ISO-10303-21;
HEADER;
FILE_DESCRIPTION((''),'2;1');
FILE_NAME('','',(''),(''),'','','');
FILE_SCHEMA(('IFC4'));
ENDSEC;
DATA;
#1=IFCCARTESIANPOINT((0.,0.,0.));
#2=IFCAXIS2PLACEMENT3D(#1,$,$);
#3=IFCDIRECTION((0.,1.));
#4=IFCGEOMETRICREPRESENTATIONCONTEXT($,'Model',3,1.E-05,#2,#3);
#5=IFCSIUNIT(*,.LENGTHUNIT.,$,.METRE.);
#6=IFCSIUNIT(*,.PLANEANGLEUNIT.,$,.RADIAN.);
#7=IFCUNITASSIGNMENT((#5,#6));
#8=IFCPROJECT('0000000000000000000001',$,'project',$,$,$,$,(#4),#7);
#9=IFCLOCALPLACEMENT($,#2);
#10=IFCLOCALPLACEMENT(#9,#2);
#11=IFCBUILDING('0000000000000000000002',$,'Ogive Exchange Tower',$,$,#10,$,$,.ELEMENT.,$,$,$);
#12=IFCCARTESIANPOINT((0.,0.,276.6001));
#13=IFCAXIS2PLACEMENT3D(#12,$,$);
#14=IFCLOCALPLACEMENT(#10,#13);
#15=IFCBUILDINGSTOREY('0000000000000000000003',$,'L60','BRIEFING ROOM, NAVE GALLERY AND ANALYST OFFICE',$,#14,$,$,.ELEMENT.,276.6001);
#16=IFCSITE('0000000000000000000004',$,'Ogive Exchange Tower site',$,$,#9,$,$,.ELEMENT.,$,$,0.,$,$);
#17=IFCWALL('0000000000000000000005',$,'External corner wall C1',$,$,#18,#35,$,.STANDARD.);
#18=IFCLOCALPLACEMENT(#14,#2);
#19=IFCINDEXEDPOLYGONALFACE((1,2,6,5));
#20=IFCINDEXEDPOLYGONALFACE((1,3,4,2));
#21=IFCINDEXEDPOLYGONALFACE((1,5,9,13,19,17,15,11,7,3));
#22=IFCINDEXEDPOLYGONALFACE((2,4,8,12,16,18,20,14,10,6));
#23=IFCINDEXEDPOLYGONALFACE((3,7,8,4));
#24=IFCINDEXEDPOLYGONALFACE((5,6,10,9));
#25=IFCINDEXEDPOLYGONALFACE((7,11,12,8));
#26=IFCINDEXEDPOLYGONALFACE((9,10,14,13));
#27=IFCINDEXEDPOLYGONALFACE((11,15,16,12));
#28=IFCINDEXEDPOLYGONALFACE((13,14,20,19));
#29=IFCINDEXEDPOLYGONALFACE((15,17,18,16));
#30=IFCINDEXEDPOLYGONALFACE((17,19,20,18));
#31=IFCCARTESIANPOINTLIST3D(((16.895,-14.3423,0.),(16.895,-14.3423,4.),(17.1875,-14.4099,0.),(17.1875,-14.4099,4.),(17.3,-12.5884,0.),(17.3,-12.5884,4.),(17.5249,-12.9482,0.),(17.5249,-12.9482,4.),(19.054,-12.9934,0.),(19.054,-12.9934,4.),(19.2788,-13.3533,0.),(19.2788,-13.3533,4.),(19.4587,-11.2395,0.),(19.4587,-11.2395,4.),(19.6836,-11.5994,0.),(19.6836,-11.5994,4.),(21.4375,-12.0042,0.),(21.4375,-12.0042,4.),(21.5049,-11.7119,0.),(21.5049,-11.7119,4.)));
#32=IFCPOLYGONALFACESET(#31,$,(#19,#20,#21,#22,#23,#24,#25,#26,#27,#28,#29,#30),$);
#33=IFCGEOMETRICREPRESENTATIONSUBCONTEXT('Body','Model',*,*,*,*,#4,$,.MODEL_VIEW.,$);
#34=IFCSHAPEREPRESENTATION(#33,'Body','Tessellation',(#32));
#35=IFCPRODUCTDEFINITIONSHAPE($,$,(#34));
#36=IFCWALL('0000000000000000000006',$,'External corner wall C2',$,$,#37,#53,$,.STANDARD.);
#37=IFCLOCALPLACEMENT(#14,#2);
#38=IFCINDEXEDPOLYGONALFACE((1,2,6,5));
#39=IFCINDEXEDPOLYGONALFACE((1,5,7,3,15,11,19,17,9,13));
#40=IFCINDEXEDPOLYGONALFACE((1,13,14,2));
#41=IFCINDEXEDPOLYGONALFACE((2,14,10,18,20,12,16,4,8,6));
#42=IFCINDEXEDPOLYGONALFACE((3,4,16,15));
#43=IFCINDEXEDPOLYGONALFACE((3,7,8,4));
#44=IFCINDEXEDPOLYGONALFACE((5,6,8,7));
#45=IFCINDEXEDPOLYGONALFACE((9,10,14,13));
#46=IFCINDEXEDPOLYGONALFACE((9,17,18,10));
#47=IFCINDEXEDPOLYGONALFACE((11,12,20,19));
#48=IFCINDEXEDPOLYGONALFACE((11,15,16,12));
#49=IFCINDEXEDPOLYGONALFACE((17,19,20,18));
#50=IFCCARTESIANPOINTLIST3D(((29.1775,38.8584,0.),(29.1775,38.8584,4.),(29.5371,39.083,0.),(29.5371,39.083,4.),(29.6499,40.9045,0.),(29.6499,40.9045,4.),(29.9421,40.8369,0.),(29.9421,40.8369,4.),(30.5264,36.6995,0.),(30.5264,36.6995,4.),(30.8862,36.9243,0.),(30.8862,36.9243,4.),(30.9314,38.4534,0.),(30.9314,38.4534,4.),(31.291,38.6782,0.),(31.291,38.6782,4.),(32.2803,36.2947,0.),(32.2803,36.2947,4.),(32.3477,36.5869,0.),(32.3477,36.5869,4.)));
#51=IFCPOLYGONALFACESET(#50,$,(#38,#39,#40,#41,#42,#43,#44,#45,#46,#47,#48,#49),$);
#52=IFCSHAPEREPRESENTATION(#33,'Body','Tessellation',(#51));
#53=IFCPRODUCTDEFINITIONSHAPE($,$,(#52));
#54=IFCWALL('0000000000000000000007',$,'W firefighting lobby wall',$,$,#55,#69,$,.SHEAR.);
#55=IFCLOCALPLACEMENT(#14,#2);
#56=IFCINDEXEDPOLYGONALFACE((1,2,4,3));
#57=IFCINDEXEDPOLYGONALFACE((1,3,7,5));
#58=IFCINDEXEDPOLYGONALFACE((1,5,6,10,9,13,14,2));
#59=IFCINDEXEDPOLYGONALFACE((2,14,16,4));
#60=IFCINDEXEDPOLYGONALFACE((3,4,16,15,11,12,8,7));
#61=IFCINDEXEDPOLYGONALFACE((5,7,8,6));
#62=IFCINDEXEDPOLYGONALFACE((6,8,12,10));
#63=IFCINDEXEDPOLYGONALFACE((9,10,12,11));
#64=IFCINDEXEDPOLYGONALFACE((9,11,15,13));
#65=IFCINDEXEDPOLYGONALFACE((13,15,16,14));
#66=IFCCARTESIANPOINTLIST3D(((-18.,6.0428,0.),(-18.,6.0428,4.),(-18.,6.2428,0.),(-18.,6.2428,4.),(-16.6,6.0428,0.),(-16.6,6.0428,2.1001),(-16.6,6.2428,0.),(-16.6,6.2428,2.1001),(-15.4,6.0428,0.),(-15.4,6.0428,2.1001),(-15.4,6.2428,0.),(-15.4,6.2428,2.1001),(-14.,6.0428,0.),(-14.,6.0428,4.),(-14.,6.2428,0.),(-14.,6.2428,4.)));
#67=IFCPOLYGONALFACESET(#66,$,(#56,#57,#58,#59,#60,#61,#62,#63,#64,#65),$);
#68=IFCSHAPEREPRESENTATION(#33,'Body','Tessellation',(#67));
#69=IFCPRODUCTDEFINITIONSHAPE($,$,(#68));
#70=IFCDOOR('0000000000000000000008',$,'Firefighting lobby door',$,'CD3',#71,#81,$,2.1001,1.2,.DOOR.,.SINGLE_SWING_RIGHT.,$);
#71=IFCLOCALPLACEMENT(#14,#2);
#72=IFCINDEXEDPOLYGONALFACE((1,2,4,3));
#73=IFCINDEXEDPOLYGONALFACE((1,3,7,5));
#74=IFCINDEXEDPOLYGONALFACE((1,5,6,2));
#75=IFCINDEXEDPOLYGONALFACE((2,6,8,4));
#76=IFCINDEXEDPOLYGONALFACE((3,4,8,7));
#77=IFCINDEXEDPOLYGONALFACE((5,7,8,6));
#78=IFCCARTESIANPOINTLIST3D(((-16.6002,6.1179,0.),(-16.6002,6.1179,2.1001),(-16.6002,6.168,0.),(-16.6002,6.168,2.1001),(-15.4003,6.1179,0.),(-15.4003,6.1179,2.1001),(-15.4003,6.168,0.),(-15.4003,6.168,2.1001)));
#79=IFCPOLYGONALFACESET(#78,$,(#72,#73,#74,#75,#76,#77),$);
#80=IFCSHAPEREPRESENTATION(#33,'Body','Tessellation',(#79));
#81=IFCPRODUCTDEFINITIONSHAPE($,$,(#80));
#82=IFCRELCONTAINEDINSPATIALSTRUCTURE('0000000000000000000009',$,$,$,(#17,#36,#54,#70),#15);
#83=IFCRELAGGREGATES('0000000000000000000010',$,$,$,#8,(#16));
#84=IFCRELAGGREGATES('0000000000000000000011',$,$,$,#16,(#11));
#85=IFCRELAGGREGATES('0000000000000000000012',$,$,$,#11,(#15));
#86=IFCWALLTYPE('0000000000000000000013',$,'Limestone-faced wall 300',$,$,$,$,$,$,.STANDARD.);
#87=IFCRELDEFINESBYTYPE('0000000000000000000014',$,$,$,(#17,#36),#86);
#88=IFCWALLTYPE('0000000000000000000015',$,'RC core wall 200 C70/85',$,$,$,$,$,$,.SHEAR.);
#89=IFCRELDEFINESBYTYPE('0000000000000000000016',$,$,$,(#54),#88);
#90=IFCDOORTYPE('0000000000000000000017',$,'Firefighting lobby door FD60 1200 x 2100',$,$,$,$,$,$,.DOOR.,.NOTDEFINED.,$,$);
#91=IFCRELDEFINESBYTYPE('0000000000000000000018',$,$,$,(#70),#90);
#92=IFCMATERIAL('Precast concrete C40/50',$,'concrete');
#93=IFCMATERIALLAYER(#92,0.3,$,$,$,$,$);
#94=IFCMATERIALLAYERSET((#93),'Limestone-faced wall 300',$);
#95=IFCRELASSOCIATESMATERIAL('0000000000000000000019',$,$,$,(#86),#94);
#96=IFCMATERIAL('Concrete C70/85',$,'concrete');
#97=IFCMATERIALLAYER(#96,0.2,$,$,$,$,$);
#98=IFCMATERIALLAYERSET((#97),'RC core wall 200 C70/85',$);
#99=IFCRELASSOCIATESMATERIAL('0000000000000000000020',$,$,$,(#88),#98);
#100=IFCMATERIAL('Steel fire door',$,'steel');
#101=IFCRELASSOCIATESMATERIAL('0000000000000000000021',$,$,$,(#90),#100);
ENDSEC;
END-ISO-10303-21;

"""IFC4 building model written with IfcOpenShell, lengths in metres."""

from ifc_helpers import new_model, si_unit, direction, frame, frame_2d, origin, place, context, subcontext, project, spatial, polyline, rectangle, outline, extrude, material, layer, layer_set, type_object, element, fill, save


model = new_model("IFC4")

# Units and contexts
model_context = context("Model", 3, precision=1e-05, world=origin(), true_north=direction((0.0, 1.0)))
body_context = subcontext(model_context, "Body", "Model", "MODEL_VIEW")
ifc_project = project(units=[si_unit("LENGTHUNIT", "METRE"), si_unit("PLANEANGLEUNIT", "RADIAN")], contexts=[model_context])

# Site, building, storey
site_placement = place(None, origin())
site = spatial("IfcSite", under=ifc_project, at=site_placement, Name="Ogive Exchange Tower site", CompositionType="ELEMENT", RefElevation=0.0)
building_placement = place(site_placement, origin())
building = spatial("IfcBuilding", under=site, at=building_placement, Name="Ogive Exchange Tower", CompositionType="ELEMENT")
storey_placement = place(building_placement, frame((0.0, 0.0, 276.6001)))
storey = spatial("IfcBuildingStorey", under=building, at=storey_placement, Name="L60", Description="BRIEFING ROOM, NAVE GALLERY AND ANALYST OFFICE", CompositionType="ELEMENT", Elevation=276.6001)

# Walls
ifc_material_1 = material(Name="Precast concrete C40/50", Category="concrete")
ifc_layer_1 = layer(ifc_material_1, 0.3)
ifc_layer_set_1 = layer_set([ifc_layer_1], Name="Limestone-faced wall 300")
wall_type_1 = type_object("IfcWallType", Name="Limestone-faced wall 300", PredefinedType="STANDARD", material=ifc_layer_set_1)
wall_1_placement = place(storey_placement, origin())
element("IfcWall", 1, at=wall_1_placement, inside=storey, type_object=wall_type_1, Name="External corner wall C1", PredefinedType="STANDARD", context=body_context, shape_type="SweptSolid", body=[
    extrude(outline(polyline([(19.054, -12.9934), (19.4587, -11.2395), (21.5049, -11.7119), (21.4375, -12.0042), (19.6836, -11.5994), (19.2788, -13.3533), (17.5249, -12.9482), (17.1875, -14.4099), (16.895, -14.3423), (17.3, -12.5884), (19.054, -12.9934)])), origin(), (0.0, 0.0, 1.0), 4.0),
])
wall_2_placement = place(storey_placement, origin())
element("IfcWall", 2, at=wall_2_placement, inside=storey, type_object=wall_type_1, Name="External corner wall C2", PredefinedType="STANDARD", context=body_context, shape_type="SweptSolid", body=[
    extrude(outline(polyline([(30.9314, 38.4534), (29.1775, 38.8584), (29.6499, 40.9045), (29.9421, 40.8369), (29.5371, 39.083), (31.291, 38.6782), (30.8862, 36.9243), (32.3477, 36.5869), (32.2803, 36.2947), (30.5264, 36.6995), (30.9314, 38.4534)])), origin(), (0.0, 0.0, 1.0), 4.0),
])

# Wall, opening, door
ifc_material_2 = material(Name="Concrete C70/85", Category="concrete")
ifc_layer_2 = layer(ifc_material_2, 0.2)
ifc_layer_set_2 = layer_set([ifc_layer_2], Name="RC core wall 200 C70/85")
wall_type_2 = type_object("IfcWallType", Name="RC core wall 200 C70/85", PredefinedType="SHEAR", material=ifc_layer_set_2)
wall_3_placement = place(storey_placement, frame((-18.0, 6.1428, 0.0), z_axis=(0.0, 0.0, 1.0), x_axis=(1.0, 0.0, 0.0)))
wall_3 = element("IfcWall", 3, at=wall_3_placement, inside=storey, type_object=wall_type_2, Name="W firefighting lobby wall", PredefinedType="SHEAR", context=body_context, shape_type="SweptSolid", body=[
    extrude(rectangle(XDim=4.0, YDim=0.2, at=frame_2d((2.0, 0.0))), origin(), (0.0, 0.0, 1.0), 4.0),
])
opening_1_placement = place(wall_3_placement, frame((1.3999, 0.0, 0.0)))
opening_1 = element("IfcOpeningElement", 4, at=opening_1_placement, cuts=wall_3, PredefinedType="OPENING", context=body_context, shape_type="SweptSolid", body=[
    extrude(rectangle(XDim=1.2, YDim=2.1001, at=frame_2d((0.6001, 1.05))), frame((0.0, 0.1099, 0.0), z_axis=(0.0, -1.0, 0.0), x_axis=(1.0, 0.0, 0.0)), (0.0, 0.0, 1.0), 0.22),
])
ifc_material_3 = material(Name="Steel fire door", Category="steel")
door_type_1 = type_object("IfcDoorType", Name="Firefighting lobby door FD60 1200 x 2100", OperationType="NOTDEFINED", PredefinedType="DOOR", material=ifc_material_3)
door_1_placement = place(opening_1_placement, frame((1.2, 0.0, 0.0), z_axis=(0.0, 0.0, 1.0), x_axis=(-1.0, 0.0, 0.0)))
door_1 = element("IfcDoor", 5, at=door_1_placement, inside=storey, type_object=door_type_1, Name="Firefighting lobby door", ObjectType="CD3", OperationType="SINGLE_SWING_RIGHT", OverallHeight=2.1001, OverallWidth=1.2, PredefinedType="DOOR", context=body_context, shape_type="SweptSolid", body=[
    extrude(rectangle(XDim=1.2, YDim=2.1001, at=frame_2d((0.6001, 1.05))), frame((0.0, 0.0249, 0.0), z_axis=(0.0, -1.0, 0.0), x_axis=(1.0, 0.0, 0.0)), (0.0, 0.0, 1.0), 0.05),
])
fill(opening_1, door_1)

save(model, "model.ifc")
